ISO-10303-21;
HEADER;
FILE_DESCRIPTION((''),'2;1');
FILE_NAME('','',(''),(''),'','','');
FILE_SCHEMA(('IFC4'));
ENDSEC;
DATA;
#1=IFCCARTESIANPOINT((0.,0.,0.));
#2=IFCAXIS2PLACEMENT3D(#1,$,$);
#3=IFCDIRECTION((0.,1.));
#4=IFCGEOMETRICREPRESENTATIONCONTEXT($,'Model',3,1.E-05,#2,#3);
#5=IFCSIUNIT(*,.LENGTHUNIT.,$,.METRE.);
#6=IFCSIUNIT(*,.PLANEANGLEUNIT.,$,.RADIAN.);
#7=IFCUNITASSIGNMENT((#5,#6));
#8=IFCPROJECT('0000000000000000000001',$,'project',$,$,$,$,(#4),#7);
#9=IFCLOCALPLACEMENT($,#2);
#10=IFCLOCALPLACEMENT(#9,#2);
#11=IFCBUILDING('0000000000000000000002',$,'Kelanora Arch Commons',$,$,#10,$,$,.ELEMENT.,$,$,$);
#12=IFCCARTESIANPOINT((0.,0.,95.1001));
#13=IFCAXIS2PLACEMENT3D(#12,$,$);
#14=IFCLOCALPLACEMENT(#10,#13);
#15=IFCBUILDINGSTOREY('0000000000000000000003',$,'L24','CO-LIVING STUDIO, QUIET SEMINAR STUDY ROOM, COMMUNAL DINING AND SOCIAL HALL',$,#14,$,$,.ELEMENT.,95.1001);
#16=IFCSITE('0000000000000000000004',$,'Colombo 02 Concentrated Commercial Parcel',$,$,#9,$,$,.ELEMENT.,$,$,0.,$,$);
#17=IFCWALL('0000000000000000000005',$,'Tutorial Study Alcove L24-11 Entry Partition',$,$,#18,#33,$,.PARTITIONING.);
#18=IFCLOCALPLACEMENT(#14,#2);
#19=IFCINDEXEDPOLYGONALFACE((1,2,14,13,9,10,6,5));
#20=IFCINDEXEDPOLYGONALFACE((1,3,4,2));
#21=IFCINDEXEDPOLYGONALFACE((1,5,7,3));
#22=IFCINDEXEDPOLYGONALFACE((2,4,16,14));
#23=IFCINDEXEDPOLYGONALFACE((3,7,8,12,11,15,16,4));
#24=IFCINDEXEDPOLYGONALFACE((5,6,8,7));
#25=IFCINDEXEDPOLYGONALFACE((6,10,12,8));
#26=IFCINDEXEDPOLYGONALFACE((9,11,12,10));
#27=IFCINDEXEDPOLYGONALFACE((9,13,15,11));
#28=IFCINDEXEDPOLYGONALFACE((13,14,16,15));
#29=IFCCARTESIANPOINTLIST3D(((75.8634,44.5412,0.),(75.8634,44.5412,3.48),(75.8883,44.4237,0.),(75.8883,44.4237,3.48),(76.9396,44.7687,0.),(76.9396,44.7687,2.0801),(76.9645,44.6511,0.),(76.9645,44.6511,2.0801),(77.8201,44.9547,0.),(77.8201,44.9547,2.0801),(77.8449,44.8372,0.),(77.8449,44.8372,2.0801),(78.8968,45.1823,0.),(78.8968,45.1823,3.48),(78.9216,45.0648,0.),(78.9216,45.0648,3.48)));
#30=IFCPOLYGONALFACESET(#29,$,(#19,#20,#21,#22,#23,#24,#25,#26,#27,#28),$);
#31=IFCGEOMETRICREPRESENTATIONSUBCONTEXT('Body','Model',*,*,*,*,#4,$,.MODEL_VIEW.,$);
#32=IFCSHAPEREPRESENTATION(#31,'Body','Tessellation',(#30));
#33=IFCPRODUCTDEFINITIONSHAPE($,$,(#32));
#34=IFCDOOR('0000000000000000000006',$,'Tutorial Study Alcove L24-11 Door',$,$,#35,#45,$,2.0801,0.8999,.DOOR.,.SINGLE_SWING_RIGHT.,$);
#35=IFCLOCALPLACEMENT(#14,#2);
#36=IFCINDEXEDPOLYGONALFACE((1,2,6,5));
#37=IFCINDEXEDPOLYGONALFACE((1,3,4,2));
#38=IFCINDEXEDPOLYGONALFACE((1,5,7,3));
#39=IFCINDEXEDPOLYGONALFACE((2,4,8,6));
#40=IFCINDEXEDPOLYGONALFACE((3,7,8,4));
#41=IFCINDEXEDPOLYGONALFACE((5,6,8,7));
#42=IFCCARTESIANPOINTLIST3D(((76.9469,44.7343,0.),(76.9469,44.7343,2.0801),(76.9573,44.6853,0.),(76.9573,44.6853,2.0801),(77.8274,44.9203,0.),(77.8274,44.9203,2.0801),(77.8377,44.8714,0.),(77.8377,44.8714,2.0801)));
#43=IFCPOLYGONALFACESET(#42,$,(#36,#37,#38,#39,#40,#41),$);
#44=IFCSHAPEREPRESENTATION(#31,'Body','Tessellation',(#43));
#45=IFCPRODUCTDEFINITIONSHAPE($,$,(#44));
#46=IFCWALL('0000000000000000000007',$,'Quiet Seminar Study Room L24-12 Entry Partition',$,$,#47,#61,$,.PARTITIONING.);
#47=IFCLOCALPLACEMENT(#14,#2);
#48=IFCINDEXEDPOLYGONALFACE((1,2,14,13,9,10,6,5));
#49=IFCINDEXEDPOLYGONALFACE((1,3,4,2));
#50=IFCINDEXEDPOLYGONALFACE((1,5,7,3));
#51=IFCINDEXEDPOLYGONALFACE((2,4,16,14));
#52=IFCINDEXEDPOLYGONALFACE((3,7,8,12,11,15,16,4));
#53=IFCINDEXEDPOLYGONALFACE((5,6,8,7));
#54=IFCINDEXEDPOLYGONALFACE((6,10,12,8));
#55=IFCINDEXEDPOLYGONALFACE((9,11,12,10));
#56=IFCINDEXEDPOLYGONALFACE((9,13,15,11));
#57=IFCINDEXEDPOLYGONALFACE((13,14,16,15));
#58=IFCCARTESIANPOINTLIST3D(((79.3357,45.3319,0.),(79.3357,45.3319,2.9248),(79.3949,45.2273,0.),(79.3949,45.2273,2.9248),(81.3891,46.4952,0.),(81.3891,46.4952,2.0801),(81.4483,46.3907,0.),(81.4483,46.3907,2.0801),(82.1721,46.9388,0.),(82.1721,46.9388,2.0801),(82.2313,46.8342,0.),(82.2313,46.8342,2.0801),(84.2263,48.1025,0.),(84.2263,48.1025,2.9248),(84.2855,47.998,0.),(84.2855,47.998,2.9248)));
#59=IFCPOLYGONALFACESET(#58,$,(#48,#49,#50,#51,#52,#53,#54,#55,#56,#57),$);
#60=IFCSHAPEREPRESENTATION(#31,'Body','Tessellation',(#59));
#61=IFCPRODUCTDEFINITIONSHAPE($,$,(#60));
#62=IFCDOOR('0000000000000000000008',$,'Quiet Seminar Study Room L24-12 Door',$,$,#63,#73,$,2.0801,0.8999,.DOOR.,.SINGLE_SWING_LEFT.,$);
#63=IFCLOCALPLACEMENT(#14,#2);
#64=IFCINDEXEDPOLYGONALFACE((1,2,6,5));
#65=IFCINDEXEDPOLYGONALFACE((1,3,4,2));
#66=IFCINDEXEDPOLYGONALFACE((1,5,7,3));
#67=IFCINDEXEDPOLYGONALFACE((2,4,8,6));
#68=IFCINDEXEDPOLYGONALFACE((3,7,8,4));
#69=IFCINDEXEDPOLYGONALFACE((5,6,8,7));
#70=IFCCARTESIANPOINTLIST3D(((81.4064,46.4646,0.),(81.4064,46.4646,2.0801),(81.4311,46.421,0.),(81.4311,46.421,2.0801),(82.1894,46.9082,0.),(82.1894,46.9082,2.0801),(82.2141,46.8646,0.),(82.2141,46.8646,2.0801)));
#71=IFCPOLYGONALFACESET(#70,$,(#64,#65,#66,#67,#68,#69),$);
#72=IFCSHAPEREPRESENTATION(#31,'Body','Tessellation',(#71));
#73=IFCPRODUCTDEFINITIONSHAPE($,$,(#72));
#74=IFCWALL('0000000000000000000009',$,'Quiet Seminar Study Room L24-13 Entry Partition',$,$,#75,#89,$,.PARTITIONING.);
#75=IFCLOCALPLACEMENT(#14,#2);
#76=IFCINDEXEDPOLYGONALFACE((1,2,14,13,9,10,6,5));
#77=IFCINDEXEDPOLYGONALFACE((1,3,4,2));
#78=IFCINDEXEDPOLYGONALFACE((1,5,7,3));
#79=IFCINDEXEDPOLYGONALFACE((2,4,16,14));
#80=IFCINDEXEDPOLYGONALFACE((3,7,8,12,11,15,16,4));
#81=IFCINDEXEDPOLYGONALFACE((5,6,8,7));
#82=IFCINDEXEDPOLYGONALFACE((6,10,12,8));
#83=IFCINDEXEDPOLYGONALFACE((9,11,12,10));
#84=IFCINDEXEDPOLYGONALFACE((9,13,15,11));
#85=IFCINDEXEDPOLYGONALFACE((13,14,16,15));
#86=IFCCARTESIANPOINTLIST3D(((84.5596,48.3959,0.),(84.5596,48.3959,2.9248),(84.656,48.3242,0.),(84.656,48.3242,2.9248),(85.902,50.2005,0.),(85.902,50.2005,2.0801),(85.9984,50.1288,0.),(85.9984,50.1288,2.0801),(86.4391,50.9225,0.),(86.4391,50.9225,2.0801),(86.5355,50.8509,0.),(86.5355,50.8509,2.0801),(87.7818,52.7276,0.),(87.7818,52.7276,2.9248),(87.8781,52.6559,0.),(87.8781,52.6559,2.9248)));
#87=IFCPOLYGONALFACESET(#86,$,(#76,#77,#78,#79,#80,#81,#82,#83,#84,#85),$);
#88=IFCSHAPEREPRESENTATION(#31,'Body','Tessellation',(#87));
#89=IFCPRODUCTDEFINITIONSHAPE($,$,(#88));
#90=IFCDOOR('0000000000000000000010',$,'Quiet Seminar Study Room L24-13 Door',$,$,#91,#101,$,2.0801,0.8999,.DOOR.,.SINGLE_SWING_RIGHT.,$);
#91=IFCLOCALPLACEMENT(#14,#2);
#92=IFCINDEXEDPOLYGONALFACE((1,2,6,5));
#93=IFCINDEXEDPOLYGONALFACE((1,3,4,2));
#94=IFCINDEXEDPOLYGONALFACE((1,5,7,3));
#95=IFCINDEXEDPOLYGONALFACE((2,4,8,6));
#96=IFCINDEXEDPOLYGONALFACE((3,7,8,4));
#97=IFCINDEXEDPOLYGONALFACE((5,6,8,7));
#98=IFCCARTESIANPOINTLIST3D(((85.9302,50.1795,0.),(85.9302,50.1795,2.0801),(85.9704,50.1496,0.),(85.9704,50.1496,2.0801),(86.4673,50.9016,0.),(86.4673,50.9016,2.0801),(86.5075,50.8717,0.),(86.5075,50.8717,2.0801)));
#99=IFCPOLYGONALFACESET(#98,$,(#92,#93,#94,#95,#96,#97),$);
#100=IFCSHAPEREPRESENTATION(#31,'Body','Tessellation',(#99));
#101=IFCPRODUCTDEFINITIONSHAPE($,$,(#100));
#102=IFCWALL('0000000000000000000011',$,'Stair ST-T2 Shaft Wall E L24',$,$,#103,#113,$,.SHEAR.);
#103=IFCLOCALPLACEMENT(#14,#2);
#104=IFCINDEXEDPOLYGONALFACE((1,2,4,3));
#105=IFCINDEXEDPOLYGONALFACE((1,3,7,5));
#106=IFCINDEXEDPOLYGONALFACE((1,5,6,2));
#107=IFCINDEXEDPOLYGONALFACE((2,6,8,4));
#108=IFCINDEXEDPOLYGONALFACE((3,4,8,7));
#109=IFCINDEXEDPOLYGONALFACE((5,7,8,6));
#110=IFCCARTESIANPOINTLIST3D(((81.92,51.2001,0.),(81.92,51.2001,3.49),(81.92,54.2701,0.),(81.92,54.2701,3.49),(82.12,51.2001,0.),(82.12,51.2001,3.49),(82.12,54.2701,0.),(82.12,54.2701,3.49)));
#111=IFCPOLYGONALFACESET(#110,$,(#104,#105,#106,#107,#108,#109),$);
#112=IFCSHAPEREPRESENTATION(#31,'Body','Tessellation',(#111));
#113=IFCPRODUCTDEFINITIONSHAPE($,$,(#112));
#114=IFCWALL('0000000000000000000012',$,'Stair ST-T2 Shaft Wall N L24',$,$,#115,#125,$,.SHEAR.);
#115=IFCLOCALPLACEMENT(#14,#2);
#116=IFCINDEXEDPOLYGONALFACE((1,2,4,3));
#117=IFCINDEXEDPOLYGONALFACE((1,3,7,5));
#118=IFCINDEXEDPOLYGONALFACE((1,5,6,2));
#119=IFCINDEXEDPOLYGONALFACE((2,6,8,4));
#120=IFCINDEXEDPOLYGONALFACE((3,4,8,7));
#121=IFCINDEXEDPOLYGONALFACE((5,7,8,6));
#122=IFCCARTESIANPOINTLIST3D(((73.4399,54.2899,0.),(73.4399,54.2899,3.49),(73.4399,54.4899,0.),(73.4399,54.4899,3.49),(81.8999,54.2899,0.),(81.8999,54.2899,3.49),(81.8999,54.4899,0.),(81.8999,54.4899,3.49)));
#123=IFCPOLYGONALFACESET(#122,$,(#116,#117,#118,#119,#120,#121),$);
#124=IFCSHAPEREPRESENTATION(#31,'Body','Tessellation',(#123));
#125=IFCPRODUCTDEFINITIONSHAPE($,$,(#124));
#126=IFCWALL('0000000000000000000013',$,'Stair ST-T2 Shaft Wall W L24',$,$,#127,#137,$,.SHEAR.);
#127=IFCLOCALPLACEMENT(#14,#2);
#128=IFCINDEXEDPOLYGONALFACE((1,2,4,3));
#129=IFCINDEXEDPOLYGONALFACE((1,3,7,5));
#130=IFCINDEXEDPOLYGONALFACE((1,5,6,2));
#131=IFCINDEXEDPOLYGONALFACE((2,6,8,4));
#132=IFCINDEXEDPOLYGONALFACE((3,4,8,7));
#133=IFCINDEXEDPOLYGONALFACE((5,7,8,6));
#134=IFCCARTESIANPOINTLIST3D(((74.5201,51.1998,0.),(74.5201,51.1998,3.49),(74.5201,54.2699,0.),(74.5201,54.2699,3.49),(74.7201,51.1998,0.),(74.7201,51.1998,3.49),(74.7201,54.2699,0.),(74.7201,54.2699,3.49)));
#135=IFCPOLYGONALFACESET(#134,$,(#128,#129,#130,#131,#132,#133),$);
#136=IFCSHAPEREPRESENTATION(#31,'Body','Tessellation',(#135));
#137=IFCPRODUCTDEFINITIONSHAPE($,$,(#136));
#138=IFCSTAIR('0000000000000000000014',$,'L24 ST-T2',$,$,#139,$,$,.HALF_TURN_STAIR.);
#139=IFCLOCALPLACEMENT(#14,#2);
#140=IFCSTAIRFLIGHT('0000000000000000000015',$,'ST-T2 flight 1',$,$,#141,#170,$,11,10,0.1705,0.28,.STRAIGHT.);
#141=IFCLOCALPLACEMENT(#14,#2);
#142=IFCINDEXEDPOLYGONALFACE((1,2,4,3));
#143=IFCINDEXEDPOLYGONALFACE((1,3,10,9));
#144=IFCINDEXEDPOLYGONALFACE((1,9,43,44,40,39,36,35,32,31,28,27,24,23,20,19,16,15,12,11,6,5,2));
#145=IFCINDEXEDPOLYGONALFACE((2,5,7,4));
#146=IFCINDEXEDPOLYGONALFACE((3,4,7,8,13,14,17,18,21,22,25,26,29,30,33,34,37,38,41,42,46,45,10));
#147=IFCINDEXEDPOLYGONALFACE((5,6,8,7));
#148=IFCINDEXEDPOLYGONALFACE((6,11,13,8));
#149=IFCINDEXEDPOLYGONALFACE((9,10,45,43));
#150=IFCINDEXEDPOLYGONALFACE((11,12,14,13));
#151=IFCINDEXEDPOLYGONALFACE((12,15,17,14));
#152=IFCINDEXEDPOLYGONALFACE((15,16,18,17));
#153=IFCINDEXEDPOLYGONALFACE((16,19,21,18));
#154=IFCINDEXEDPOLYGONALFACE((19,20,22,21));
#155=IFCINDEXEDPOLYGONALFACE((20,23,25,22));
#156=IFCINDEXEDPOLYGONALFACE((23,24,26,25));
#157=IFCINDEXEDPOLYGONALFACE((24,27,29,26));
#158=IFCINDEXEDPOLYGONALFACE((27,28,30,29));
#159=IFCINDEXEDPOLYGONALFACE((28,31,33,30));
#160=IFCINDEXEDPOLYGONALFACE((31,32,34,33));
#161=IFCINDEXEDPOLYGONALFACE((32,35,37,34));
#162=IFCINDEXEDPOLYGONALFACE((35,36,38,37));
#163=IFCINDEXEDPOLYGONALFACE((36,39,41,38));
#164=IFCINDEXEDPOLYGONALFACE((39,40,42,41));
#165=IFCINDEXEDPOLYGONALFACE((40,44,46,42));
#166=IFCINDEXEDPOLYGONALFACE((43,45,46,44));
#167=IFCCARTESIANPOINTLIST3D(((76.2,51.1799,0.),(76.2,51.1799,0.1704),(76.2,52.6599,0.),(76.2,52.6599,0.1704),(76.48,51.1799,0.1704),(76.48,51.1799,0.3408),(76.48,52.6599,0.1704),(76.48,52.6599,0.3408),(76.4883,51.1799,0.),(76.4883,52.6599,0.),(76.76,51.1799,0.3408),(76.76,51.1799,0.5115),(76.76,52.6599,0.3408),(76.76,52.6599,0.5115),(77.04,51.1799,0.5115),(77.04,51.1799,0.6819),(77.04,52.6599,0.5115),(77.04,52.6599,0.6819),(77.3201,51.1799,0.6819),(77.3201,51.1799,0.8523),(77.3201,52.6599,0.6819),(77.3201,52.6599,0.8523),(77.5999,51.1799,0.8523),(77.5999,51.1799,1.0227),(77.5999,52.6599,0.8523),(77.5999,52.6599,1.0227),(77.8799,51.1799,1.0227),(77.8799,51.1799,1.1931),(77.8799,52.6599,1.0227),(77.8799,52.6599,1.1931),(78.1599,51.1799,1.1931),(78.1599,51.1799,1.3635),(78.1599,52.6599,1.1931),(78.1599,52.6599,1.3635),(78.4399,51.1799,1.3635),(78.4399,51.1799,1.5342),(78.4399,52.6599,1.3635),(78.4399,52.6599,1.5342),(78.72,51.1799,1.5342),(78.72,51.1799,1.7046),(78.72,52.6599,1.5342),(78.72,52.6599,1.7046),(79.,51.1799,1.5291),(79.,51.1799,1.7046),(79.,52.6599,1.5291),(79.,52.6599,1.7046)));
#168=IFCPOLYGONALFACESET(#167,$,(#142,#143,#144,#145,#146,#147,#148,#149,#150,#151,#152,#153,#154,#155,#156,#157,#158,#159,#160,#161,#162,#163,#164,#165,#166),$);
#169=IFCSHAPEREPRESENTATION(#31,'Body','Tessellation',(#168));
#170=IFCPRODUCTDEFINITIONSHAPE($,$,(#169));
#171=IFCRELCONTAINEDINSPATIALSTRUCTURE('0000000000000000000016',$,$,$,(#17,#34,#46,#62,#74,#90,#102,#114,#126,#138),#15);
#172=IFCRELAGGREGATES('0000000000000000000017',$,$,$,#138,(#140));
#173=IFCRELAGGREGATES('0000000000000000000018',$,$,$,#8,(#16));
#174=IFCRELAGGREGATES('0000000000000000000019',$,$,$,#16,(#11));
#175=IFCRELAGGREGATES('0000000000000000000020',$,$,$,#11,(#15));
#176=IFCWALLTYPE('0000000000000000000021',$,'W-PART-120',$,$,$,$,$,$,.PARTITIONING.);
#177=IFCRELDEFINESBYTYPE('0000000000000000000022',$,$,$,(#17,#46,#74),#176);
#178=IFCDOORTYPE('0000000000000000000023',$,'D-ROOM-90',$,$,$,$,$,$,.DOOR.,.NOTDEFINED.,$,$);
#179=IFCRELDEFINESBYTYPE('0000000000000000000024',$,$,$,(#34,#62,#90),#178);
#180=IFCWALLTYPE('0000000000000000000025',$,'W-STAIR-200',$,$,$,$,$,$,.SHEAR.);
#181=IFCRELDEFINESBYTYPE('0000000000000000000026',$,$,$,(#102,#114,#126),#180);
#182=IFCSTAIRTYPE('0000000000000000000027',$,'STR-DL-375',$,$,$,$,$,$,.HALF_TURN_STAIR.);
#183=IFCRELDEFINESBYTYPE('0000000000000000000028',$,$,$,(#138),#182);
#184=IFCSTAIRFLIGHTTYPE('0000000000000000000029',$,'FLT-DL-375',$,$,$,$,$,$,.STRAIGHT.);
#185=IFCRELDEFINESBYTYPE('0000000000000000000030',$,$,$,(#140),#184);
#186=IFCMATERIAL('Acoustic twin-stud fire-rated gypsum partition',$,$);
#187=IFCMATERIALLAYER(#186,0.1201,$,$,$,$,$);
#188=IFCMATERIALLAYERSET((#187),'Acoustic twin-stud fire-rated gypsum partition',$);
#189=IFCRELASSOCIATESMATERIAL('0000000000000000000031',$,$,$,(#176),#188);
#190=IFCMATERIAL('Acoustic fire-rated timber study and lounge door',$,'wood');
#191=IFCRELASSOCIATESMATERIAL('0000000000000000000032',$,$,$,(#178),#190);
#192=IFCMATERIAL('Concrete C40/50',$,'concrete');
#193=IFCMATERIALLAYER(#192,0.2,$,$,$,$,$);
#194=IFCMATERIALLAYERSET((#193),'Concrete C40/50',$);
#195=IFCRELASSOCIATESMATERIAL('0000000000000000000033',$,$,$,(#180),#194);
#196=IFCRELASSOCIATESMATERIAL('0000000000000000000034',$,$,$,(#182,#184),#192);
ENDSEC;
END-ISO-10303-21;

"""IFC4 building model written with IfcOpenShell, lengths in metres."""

from ifc_helpers import new_model, si_unit, direction, frame, frame_2d, origin, place, context, subcontext, project, spatial, polyline, rectangle, outline, extrude, material, layer, layer_set, type_object, element, fill, aggregate, save


model = new_model("IFC4")

# Units and contexts
model_context = context("Model", 3, precision=1e-05, world=origin(), true_north=direction((0.0, 1.0)))
body_context = subcontext(model_context, "Body", "Model", "MODEL_VIEW")
ifc_project = project(units=[si_unit("LENGTHUNIT", "METRE"), si_unit("PLANEANGLEUNIT", "RADIAN")], contexts=[model_context])

# Site, building, storey
site_placement = place(None, origin())
site = spatial("IfcSite", under=ifc_project, at=site_placement, Name="Colombo 02 Concentrated Commercial Parcel", CompositionType="ELEMENT", RefElevation=0.0)
building_placement = place(site_placement, origin())
building = spatial("IfcBuilding", under=site, at=building_placement, Name="Kelanora Arch Commons", CompositionType="ELEMENT")
storey_placement = place(building_placement, frame((0.0, 0.0, 95.1001)))
storey = spatial("IfcBuildingStorey", under=building, at=storey_placement, Name="L24", Description="CO-LIVING STUDIO, QUIET SEMINAR STUDY ROOM, COMMUNAL DINING AND SOCIAL HALL", CompositionType="ELEMENT", Elevation=95.1001)

# Walls, openings, doors
ifc_material_1 = material(Name="Acoustic twin-stud fire-rated gypsum partition")
ifc_layer_1 = layer(ifc_material_1, 0.1201)
ifc_layer_set_1 = layer_set([ifc_layer_1], Name="Acoustic twin-stud fire-rated gypsum partition")
wall_type_1 = type_object("IfcWallType", Name="W-PART-120", PredefinedType="PARTITIONING", material=ifc_layer_set_1)
wall_1_placement = place(storey_placement, frame((75.8757, 44.4824, 0.0), z_axis=(0.0, 0.0, 1.0), x_axis=(0.978387, 0.20678, 0.0)))
wall_1 = element("IfcWall", 1, at=wall_1_placement, inside=storey, type_object=wall_type_1, Name="Tutorial Study Alcove L24-11 Entry Partition", PredefinedType="PARTITIONING", context=body_context, shape_type="SweptSolid", body=[
    extrude(rectangle(XDim=3.1003, YDim=0.1201, at=frame_2d((1.5503, 0.0))), origin(), (0.0, 0.0, 1.0), 3.48),
])
opening_1_placement = place(wall_1_placement, frame((1.1001, 0.0, 0.0)))
opening_1 = element("IfcOpeningElement", 2, at=opening_1_placement, cuts=wall_1, PredefinedType="OPENING", context=body_context, shape_type="SweptSolid", body=[
    extrude(rectangle(XDim=0.8999, YDim=2.0801, at=frame_2d((0.45, 1.04))), frame((0.0, 0.0701, 0.0), z_axis=(0.0, -1.0, 0.0), x_axis=(1.0, 0.0, 0.0)), (0.0, 0.0, 1.0), 0.1401),
])
ifc_material_2 = material(Name="Acoustic fire-rated timber study and lounge door", Category="wood")
door_type = type_object("IfcDoorType", Name="D-ROOM-90", OperationType="NOTDEFINED", PredefinedType="DOOR", material=ifc_material_2)
door_1_placement = place(opening_1_placement, origin())
door_1 = element("IfcDoor", 3, at=door_1_placement, inside=storey, type_object=door_type, Name="Tutorial Study Alcove L24-11 Door", OperationType="SINGLE_SWING_RIGHT", OverallHeight=2.0801, OverallWidth=0.8999, PredefinedType="DOOR", context=body_context, shape_type="SweptSolid", body=[
    extrude(rectangle(XDim=0.8999, YDim=2.0801, at=frame_2d((0.45, 1.04))), frame((0.0, 0.0249, 0.0), z_axis=(0.0, -1.0, 0.0), x_axis=(1.0, 0.0, 0.0)), (0.0, 0.0, 1.0), 0.05),
])
fill(opening_1, door_1)
wall_2_placement = place(storey_placement, frame((79.3652, 45.2795, 0.0), z_axis=(0.0, 0.0, 1.0), x_axis=(0.870068, 0.492931, 0.0)))
wall_2 = element("IfcWall", 4, at=wall_2_placement, inside=storey, type_object=wall_type_1, Name="Quiet Seminar Study Room L24-12 Entry Partition", PredefinedType="PARTITIONING", context=body_context, shape_type="SweptSolid", body=[
    extrude(rectangle(XDim=5.6208, YDim=0.1201, at=frame_2d((2.8105, 0.0))), origin(), (0.0, 0.0, 1.0), 2.9248),
])
opening_2_placement = place(wall_2_placement, frame((2.3601, 0.0, 0.0)))
opening_2 = element("IfcOpeningElement", 5, at=opening_2_placement, cuts=wall_2, PredefinedType="OPENING", context=body_context, shape_type="SweptSolid", body=[
    extrude(rectangle(XDim=0.8999, YDim=2.0801, at=frame_2d((0.45, 1.04))), frame((0.0, 0.0701, 0.0), z_axis=(0.0, -1.0, 0.0), x_axis=(1.0, 0.0, 0.0)), (0.0, 0.0, 1.0), 0.1401),
])
door_2_placement = place(opening_2_placement, origin())
door_2 = element("IfcDoor", 6, at=door_2_placement, inside=storey, type_object=door_type, Name="Quiet Seminar Study Room L24-12 Door", OperationType="SINGLE_SWING_LEFT", OverallHeight=2.0801, OverallWidth=0.8999, PredefinedType="DOOR", context=body_context, shape_type="SweptSolid", body=[
    extrude(rectangle(XDim=0.8999, YDim=2.0801, at=frame_2d((0.45, 1.04))), frame((0.0, 0.0249, 0.0), z_axis=(0.0, -1.0, 0.0), x_axis=(1.0, 0.0, 0.0)), (0.0, 0.0, 1.0), 0.05),
])
fill(opening_2, door_2)
wall_3_placement = place(storey_placement, frame((84.6079, 48.3601, 0.0), z_axis=(0.0, 0.0, 1.0), x_axis=(0.596833, 0.802365, 0.0)))
wall_3 = element("IfcWall", 7, at=wall_3_placement, inside=storey, type_object=wall_type_1, Name="Quiet Seminar Study Room L24-13 Entry Partition", PredefinedType="PARTITIONING", context=body_context, shape_type="SweptSolid", body=[
    extrude(rectangle(XDim=5.3987, YDim=0.1201, at=frame_2d((2.6992, 0.0))), origin(), (0.0, 0.0, 1.0), 2.9248),
])
opening_3_placement = place(wall_3_placement, frame((2.249, 0.0, 0.0)))
opening_3 = element("IfcOpeningElement", 8, at=opening_3_placement, cuts=wall_3, PredefinedType="OPENING", context=body_context, shape_type="SweptSolid", body=[
    extrude(rectangle(XDim=0.8999, YDim=2.0801, at=frame_2d((0.45, 1.04))), frame((0.0, 0.0701, 0.0), z_axis=(0.0, -1.0, 0.0), x_axis=(1.0, 0.0, 0.0)), (0.0, 0.0, 1.0), 0.1401),
])
door_3_placement = place(opening_3_placement, origin())
door_3 = element("IfcDoor", 9, at=door_3_placement, inside=storey, type_object=door_type, Name="Quiet Seminar Study Room L24-13 Door", OperationType="SINGLE_SWING_RIGHT", OverallHeight=2.0801, OverallWidth=0.8999, PredefinedType="DOOR", context=body_context, shape_type="SweptSolid", body=[
    extrude(rectangle(XDim=0.8999, YDim=2.0801, at=frame_2d((0.45, 1.04))), frame((0.0, 0.0249, 0.0), z_axis=(0.0, -1.0, 0.0), x_axis=(1.0, 0.0, 0.0)), (0.0, 0.0, 1.0), 0.05),
])
fill(opening_3, door_3)

# Walls
ifc_material_3 = material(Name="Concrete C40/50", Category="concrete")
ifc_layer_2 = layer(ifc_material_3, 0.2)
ifc_layer_set_2 = layer_set([ifc_layer_2], Name="Concrete C40/50")
wall_type_2 = type_object("IfcWallType", Name="W-STAIR-200", PredefinedType="SHEAR", material=ifc_layer_set_2)
wall_4_placement = place(storey_placement, frame((82.02, 51.2, 0.0), z_axis=(0.0, 0.0, 1.0), x_axis=(0.0, 1.0, 0.0)))
element("IfcWall", 10, at=wall_4_placement, inside=storey, type_object=wall_type_2, Name="Stair ST-T2 Shaft Wall E L24", PredefinedType="SHEAR", context=body_context, shape_type="SweptSolid", body=[
    extrude(rectangle(XDim=3.0701, YDim=0.2, at=frame_2d((1.5352, 0.0))), origin(), (0.0, 0.0, 1.0), 3.49),
])
wall_5_placement = place(storey_placement, frame((81.8999, 54.3899, 0.0), z_axis=(0.0, 0.0, 1.0), x_axis=(-1.0, 0.0, 0.0)))
element("IfcWall", 11, at=wall_5_placement, inside=storey, type_object=wall_type_2, Name="Stair ST-T2 Shaft Wall N L24", PredefinedType="SHEAR", context=body_context, shape_type="SweptSolid", body=[
    extrude(rectangle(XDim=8.46, YDim=0.2, at=frame_2d((4.23, 0.0))), origin(), (0.0, 0.0, 1.0), 3.49),
])
wall_6_placement = place(storey_placement, frame((74.6201, 54.27, 0.0), z_axis=(0.0, 0.0, 1.0), x_axis=(0.0, -1.0, 0.0)))
element("IfcWall", 12, at=wall_6_placement, inside=storey, type_object=wall_type_2, Name="Stair ST-T2 Shaft Wall W L24", PredefinedType="SHEAR", context=body_context, shape_type="SweptSolid", body=[
    extrude(rectangle(XDim=3.0701, YDim=0.2, at=frame_2d((1.5352, 0.0))), origin(), (0.0, 0.0, 1.0), 3.49),
])

# Stair, stair flight
stair_type = type_object("IfcStairType", Name="STR-DL-375", PredefinedType="HALF_TURN_STAIR", material=ifc_material_3)
stair_placement = place(storey_placement, origin())
stair = element("IfcStair", 13, at=stair_placement, inside=storey, type_object=stair_type, Name="L24 ST-T2", PredefinedType="HALF_TURN_STAIR")
stair_flight_type = type_object("IfcStairFlightType", Name="FLT-DL-375", PredefinedType="STRAIGHT", material=ifc_material_3)
stair_flight_1_placement = place(storey_placement, frame((76.2, 51.9199, 0.0), z_axis=(0.0, 0.0, 1.0), x_axis=(1.0, 0.0, 0.0)))
stair_flight_1 = element("IfcStairFlight", 14, at=stair_flight_1_placement, type_object=stair_flight_type, Name="ST-T2 flight 1", NumberOfRisers=11, NumberOfTreads=10, PredefinedType="STRAIGHT", RiserHeight=0.1705, TreadLength=0.28, context=body_context, shape_type="SweptSolid", body=[
    extrude(outline(polyline([(0.0, 0.0), (0.0, 0.1704), (0.28, 0.1704), (0.28, 0.3408), (0.5601, 0.3408), (0.5601, 0.5115), (0.8401, 0.5115), (0.8401, 0.6819), (1.1201, 0.6819), (1.1201, 0.8523), (1.3999, 0.8523), (1.3999, 1.0227), (1.6799, 1.0227), (1.6799, 1.1931), (1.96, 1.1931), (1.96, 1.3635), (2.24, 1.3635), (2.24, 1.5342), (2.52, 1.5342), (2.52, 1.7046), (2.8, 1.7046), (2.8, 1.875), (2.8, 1.5291), (0.2883, 0.0), (0.0, 0.0)])), frame((0.0, 0.74, 0.0), z_axis=(0.0, -1.0, 0.0), x_axis=(1.0, 0.0, 0.0)), (0.0, 0.0, 1.0), 1.48),
])
aggregate(stair, [stair_flight_1])

save(model, "model.ifc")
